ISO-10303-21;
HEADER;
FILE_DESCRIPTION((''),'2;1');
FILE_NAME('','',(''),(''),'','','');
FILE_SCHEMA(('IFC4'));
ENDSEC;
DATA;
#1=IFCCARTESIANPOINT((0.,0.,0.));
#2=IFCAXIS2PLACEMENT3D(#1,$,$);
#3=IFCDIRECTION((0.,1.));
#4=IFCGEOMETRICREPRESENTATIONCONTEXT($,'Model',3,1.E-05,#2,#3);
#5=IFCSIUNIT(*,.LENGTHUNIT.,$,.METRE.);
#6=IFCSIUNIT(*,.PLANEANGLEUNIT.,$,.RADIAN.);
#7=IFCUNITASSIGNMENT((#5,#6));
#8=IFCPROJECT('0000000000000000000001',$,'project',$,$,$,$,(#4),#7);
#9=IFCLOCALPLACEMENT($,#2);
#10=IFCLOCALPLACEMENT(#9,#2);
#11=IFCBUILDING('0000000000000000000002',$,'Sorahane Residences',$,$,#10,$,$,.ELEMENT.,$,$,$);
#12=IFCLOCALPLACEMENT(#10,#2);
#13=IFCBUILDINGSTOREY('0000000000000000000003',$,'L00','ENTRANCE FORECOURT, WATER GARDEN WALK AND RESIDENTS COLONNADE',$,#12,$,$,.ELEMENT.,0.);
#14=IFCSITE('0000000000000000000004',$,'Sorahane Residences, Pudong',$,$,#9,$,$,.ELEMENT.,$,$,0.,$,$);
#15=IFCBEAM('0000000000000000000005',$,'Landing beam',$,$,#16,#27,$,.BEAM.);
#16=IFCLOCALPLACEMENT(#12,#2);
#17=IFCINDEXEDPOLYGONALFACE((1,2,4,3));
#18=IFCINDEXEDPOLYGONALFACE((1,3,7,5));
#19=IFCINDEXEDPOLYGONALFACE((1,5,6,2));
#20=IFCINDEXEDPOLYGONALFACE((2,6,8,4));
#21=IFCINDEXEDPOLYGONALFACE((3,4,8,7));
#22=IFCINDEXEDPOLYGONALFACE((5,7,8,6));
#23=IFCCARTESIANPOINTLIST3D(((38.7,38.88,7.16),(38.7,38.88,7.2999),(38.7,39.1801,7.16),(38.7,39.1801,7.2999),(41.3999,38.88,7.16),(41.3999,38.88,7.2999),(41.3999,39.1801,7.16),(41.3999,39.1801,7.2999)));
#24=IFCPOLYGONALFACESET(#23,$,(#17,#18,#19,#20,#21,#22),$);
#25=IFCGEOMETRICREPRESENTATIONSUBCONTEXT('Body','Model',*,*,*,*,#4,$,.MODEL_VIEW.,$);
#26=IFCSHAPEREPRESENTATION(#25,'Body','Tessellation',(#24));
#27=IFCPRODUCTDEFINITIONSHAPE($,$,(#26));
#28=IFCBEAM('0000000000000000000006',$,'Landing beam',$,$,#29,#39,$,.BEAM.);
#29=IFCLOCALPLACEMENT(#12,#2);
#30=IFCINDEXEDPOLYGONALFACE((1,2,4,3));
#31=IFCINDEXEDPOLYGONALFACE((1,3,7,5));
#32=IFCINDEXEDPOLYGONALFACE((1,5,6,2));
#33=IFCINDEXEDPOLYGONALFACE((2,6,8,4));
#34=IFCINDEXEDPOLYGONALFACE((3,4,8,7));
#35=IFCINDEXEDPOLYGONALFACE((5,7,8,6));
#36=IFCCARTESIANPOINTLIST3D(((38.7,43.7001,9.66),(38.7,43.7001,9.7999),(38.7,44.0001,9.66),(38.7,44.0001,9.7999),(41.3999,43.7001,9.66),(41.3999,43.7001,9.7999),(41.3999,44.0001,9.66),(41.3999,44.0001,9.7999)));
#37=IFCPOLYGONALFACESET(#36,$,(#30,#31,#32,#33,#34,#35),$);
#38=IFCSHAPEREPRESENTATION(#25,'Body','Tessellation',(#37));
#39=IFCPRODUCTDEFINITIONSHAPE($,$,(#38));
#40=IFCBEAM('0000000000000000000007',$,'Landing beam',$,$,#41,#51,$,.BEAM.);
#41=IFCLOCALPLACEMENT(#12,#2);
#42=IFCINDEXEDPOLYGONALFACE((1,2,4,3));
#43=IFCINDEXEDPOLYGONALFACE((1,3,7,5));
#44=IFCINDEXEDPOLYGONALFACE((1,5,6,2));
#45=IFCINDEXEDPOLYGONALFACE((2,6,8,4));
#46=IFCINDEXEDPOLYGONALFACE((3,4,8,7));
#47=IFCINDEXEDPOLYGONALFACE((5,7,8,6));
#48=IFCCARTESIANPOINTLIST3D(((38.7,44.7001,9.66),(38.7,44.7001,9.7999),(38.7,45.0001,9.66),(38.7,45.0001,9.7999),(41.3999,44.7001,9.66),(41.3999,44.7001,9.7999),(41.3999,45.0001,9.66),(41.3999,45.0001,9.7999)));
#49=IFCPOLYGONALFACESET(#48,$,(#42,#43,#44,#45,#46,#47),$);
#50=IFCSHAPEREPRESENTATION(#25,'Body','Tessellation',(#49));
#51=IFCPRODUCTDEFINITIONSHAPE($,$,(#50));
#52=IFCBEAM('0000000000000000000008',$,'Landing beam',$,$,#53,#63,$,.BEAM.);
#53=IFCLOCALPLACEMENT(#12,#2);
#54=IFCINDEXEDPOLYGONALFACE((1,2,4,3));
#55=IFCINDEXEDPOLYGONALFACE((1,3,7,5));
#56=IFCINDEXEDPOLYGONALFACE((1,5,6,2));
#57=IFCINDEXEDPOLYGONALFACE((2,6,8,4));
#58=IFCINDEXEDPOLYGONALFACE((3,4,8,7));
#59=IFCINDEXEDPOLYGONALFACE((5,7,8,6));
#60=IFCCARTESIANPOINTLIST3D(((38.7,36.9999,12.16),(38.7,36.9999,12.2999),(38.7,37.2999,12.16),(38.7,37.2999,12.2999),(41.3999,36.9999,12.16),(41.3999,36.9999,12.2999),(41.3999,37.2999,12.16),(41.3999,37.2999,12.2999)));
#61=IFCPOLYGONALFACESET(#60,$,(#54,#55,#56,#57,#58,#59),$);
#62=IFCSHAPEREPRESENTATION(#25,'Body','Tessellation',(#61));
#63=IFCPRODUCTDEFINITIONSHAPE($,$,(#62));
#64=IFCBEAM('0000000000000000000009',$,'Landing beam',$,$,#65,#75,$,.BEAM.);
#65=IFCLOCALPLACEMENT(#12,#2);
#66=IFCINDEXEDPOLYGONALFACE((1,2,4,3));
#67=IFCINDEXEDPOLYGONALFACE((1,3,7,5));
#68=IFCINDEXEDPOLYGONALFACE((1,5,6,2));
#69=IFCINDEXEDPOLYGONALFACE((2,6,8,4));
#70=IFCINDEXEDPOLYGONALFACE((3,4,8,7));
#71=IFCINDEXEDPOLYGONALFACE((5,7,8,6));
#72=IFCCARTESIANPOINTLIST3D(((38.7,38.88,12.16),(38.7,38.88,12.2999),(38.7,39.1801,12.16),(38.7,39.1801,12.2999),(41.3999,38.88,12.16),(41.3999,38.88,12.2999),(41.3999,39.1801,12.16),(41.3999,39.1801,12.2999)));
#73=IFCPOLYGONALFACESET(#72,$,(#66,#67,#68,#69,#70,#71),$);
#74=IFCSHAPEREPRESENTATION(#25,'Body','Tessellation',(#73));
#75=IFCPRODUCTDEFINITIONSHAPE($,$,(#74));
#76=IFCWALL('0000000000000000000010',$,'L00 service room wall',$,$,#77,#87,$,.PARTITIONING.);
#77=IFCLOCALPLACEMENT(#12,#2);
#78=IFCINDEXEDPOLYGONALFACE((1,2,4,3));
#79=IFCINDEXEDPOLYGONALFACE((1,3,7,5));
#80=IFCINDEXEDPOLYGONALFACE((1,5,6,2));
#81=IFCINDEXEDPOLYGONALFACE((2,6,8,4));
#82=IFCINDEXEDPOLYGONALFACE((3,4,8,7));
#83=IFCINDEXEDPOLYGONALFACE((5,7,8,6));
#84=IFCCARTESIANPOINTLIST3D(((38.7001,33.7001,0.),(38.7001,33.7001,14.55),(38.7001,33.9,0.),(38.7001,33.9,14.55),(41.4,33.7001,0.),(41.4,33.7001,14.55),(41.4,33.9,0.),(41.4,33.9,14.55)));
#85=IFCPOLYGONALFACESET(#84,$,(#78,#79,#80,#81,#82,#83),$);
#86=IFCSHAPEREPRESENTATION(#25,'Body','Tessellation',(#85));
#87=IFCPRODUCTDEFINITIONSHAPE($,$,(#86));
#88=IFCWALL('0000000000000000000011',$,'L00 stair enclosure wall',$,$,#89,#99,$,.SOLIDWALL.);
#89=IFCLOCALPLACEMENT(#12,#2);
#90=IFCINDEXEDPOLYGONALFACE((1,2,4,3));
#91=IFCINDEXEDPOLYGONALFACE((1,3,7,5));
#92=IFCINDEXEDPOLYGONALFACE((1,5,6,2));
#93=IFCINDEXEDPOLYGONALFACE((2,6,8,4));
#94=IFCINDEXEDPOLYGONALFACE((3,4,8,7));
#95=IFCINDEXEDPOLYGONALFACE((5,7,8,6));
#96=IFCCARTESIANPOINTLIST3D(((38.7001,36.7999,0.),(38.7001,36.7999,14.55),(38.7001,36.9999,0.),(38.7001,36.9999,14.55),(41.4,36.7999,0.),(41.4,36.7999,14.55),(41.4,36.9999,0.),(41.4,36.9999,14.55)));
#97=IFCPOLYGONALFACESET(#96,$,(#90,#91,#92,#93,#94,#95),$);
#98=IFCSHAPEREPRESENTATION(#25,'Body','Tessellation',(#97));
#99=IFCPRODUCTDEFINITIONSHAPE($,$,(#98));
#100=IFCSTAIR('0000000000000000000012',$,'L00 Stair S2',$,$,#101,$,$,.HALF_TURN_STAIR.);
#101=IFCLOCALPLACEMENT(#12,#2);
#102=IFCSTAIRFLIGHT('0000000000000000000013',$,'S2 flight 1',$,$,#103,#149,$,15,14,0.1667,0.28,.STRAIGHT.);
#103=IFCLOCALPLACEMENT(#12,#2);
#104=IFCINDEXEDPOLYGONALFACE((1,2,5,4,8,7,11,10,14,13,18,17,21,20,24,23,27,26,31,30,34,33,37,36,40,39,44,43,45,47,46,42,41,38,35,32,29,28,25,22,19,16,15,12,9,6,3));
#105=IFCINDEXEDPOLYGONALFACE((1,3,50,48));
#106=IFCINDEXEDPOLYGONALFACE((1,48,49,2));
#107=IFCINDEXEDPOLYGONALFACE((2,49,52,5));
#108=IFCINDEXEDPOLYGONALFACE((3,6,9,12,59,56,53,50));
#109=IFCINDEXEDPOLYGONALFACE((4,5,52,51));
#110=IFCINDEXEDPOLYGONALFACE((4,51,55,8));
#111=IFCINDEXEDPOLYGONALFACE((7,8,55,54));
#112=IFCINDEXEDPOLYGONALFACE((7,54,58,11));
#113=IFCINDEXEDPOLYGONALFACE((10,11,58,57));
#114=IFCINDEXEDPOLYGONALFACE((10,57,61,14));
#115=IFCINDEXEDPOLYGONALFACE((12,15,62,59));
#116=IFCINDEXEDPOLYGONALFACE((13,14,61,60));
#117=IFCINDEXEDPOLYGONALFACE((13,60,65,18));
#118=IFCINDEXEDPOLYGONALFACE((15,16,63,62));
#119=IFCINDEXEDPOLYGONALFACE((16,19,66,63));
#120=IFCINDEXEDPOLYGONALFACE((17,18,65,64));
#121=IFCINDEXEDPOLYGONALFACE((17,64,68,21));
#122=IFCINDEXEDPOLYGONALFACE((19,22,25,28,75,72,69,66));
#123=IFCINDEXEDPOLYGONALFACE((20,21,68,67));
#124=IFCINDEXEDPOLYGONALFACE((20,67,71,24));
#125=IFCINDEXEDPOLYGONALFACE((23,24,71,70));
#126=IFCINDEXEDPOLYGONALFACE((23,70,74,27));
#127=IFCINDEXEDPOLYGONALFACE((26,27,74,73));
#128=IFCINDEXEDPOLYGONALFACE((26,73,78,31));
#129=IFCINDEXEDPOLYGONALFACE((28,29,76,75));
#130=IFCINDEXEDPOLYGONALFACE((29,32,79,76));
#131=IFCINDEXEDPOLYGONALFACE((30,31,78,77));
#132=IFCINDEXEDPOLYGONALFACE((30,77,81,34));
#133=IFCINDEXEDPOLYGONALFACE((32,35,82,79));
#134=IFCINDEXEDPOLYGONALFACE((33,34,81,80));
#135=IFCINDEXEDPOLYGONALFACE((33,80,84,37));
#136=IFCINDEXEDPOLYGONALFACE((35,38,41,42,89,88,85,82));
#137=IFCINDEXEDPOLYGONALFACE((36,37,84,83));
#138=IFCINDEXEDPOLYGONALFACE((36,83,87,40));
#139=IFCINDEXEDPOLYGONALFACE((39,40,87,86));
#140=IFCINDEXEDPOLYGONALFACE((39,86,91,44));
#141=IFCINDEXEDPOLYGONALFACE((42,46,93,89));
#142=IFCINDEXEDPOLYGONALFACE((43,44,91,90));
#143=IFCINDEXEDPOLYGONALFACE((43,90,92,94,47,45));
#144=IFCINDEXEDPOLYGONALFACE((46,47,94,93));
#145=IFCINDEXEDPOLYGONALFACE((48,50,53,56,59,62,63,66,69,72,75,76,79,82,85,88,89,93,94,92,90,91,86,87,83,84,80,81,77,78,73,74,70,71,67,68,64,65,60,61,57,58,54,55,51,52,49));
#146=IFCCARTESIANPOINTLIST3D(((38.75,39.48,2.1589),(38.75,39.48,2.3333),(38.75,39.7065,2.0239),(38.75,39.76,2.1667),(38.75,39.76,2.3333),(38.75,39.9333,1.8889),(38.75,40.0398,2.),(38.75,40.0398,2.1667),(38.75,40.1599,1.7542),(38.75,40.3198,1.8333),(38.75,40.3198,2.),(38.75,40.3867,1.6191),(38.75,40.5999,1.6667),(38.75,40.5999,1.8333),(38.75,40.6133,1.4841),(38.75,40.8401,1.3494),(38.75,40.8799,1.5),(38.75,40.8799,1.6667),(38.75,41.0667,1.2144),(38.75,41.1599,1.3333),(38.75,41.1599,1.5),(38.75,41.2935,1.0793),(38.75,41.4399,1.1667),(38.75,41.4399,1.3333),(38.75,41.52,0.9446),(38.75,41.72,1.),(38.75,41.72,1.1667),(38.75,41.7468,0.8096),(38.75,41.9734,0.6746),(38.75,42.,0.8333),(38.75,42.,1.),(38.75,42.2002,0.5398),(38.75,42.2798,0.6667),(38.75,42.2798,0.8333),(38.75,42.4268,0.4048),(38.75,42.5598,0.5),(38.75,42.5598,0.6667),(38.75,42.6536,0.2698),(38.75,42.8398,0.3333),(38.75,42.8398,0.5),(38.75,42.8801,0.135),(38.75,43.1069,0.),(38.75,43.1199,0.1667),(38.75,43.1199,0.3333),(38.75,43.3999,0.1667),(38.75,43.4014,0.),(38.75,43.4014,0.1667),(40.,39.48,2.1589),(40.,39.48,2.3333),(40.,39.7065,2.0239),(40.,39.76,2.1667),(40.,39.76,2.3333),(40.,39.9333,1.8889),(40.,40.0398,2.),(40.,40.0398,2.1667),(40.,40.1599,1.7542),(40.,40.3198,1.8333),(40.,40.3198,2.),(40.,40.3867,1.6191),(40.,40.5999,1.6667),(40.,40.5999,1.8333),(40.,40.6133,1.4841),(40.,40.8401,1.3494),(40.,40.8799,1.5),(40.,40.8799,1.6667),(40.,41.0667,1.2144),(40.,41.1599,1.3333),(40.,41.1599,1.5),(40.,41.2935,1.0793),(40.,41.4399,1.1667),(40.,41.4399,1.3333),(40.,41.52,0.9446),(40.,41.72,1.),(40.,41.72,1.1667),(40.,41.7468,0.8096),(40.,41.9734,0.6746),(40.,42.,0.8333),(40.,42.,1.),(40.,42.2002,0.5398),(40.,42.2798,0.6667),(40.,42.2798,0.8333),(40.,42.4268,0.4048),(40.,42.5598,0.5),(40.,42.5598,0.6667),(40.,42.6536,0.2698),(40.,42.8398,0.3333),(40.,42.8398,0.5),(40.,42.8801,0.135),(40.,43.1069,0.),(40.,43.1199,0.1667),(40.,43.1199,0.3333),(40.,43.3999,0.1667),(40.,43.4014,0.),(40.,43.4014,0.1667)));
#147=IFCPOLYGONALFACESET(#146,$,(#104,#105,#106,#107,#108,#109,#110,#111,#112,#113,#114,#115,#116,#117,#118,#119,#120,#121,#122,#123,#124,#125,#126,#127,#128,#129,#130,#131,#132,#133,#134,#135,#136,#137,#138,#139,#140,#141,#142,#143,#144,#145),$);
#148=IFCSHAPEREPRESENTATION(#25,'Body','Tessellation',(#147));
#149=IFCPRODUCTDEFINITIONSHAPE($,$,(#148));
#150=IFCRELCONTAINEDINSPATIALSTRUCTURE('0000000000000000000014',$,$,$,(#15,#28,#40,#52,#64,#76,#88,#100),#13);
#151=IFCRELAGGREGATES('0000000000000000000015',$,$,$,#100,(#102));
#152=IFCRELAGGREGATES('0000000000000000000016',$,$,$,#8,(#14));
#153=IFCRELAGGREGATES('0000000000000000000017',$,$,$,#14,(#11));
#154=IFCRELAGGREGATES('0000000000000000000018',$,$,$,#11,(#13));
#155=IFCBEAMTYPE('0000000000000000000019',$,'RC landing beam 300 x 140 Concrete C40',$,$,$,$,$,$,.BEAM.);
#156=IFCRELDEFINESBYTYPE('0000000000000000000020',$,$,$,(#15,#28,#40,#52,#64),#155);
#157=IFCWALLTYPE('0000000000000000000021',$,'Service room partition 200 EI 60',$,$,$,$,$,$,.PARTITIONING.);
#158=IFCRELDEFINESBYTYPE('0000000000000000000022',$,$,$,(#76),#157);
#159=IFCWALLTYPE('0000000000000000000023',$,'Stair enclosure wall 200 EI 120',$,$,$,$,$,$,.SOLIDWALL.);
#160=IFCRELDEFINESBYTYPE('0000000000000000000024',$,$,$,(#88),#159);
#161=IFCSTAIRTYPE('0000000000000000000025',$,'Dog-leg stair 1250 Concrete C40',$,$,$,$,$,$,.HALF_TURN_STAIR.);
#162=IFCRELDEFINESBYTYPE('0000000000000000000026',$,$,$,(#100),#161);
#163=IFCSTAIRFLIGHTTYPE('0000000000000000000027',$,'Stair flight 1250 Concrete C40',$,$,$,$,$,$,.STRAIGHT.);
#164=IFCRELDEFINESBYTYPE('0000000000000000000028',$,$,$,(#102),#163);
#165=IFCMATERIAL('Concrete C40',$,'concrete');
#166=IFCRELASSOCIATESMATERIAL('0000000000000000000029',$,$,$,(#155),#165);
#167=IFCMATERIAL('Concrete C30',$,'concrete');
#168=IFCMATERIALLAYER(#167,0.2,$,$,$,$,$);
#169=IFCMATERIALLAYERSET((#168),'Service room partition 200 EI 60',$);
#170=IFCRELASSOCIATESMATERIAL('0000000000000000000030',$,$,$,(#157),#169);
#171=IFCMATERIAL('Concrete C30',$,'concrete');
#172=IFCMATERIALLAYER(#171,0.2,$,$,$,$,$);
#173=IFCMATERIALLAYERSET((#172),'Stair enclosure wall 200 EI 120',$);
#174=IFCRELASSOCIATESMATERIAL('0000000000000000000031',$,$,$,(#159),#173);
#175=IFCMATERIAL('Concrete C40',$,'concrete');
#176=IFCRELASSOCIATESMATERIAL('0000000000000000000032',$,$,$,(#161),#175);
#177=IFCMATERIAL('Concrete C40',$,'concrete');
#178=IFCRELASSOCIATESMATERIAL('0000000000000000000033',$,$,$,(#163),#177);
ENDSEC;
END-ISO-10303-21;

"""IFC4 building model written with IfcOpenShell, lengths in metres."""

from ifc_helpers import new_model, si_unit, direction, frame, frame_2d, origin, origin_2d, place, context, subcontext, project, spatial, polyline, rectangle, outline, extrude, material, layer, layer_set, material_profile, profile_set, type_object, element, aggregate, save


model = new_model("IFC4")

# Units and contexts
model_context = context("Model", 3, precision=1e-05, world=origin(), true_north=direction((0.0, 1.0)))
body_context = subcontext(model_context, "Body", "Model", "MODEL_VIEW")
ifc_project = project(units=[si_unit("LENGTHUNIT", "METRE"), si_unit("PLANEANGLEUNIT", "RADIAN")], contexts=[model_context])

# Site, building, storey
site_placement = place(None, origin())
site = spatial("IfcSite", under=ifc_project, at=site_placement, Name="Sorahane Residences, Pudong", CompositionType="ELEMENT", RefElevation=0.0)
building_placement = place(site_placement, origin())
building = spatial("IfcBuilding", under=site, at=building_placement, Name="Sorahane Residences", CompositionType="ELEMENT")
storey_placement = place(building_placement, origin())
storey = spatial("IfcBuildingStorey", under=building, at=storey_placement, Name="L00", Description="ENTRANCE FORECOURT, WATER GARDEN WALK AND RESIDENTS COLONNADE", CompositionType="ELEMENT", Elevation=0.0)

# Beams
ifc_material_1 = material(Name="Concrete C40", Category="concrete")
ifc_material_profile_1 = material_profile(ifc_material_1, rectangle(XDim=0.3, YDim=0.1399, at=origin_2d()), Name="300x140")
ifc_profile_set_1 = profile_set([ifc_material_profile_1], Name="Concrete C40")
beam_type_1 = type_object("IfcBeamType", Name="RC landing beam 300 x 140 Concrete C40", PredefinedType="BEAM", material=ifc_profile_set_1)
for number, where, z_axis, x_axis, name in (
    (1, (38.7, 39.03, 7.23), (1.0, 0.0, 0.0), (0.0, 1.0, 0.0), "Landing beam"),
    (2, (38.7, 43.8501, 9.73), (1.0, 0.0, 0.0), (0.0, 1.0, 0.0), "Landing beam"),
    (3, (38.7, 44.8501, 9.73), (1.0, 0.0, 0.0), (0.0, 1.0, 0.0), "Landing beam"),
    (4, (38.7, 37.1499, 12.23), (1.0, 0.0, 0.0), (0.0, 1.0, 0.0), "Landing beam"),
    (5, (38.7, 39.03, 12.23), (1.0, 0.0, 0.0), (0.0, 1.0, 0.0), "Landing beam"),
):
    element("IfcBeam", number, at=place(storey_placement, frame(where, z_axis=z_axis, x_axis=x_axis)), inside=storey, type_object=beam_type_1, Name=name, PredefinedType="BEAM", context=body_context, shape_type="SweptSolid", body=[
        extrude(rectangle(XDim=0.3, YDim=0.1399, at=origin_2d()), origin(), (0.0, 0.0, 1.0), 2.7),
    ])

# Walls
ifc_material_2 = material(Name="Concrete C30", Category="concrete")
ifc_layer_1 = layer(ifc_material_2, 0.2)
ifc_layer_set_1 = layer_set([ifc_layer_1], Name="Service room partition 200 EI 60")
wall_type_1 = type_object("IfcWallType", Name="Service room partition 200 EI 60", PredefinedType="PARTITIONING", material=ifc_layer_set_1)
wall_1_placement = place(storey_placement, frame((38.7, 33.8, 0.0), z_axis=(0.0, 0.0, 1.0), x_axis=(1.0, 0.0, 0.0)))
element("IfcWall", 6, at=wall_1_placement, inside=storey, type_object=wall_type_1, Name="L00 service room wall", PredefinedType="PARTITIONING", context=body_context, shape_type="SweptSolid", body=[
    extrude(rectangle(XDim=2.7, YDim=0.2, at=frame_2d((1.3501, 0.0))), origin(), (0.0, 0.0, 1.0), 14.55),
])
ifc_material_3 = material(Name="Concrete C30", Category="concrete")
ifc_layer_2 = layer(ifc_material_3, 0.2)
ifc_layer_set_2 = layer_set([ifc_layer_2], Name="Stair enclosure wall 200 EI 120")
wall_type_2 = type_object("IfcWallType", Name="Stair enclosure wall 200 EI 120", PredefinedType="SOLIDWALL", material=ifc_layer_set_2)
wall_2_placement = place(storey_placement, frame((38.7, 36.8999, 0.0), z_axis=(0.0, 0.0, 1.0), x_axis=(1.0, 0.0, 0.0)))
element("IfcWall", 7, at=wall_2_placement, inside=storey, type_object=wall_type_2, Name="L00 stair enclosure wall", PredefinedType="SOLIDWALL", context=body_context, shape_type="SweptSolid", body=[
    extrude(rectangle(XDim=2.7, YDim=0.2, at=frame_2d((1.3501, 0.0))), origin(), (0.0, 0.0, 1.0), 14.55),
])

# Stair, stair flight
ifc_material_4 = material(Name="Concrete C40", Category="concrete")
stair_type = type_object("IfcStairType", Name="Dog-leg stair 1250 Concrete C40", PredefinedType="HALF_TURN_STAIR", material=ifc_material_4)
stair_placement = place(storey_placement, origin())
stair = element("IfcStair", 8, at=stair_placement, inside=storey, type_object=stair_type, Name="L00 Stair S2", PredefinedType="HALF_TURN_STAIR")
ifc_material_5 = material(Name="Concrete C40", Category="concrete")
stair_flight_type = type_object("IfcStairFlightType", Name="Stair flight 1250 Concrete C40", PredefinedType="STRAIGHT", material=ifc_material_5)
stair_flight_1_placement = place(storey_placement, frame((39.375, 43.3999, 0.0), z_axis=(0.0, 0.0, 1.0), x_axis=(0.0, -1.0, 0.0)))
stair_flight_1 = element("IfcStairFlight", 9, at=stair_flight_1_placement, type_object=stair_flight_type, Name="S2 flight 1", NumberOfRisers=15, NumberOfTreads=14, PredefinedType="STRAIGHT", RiserHeight=0.1667, TreadLength=0.28, context=body_context, shape_type="SweptSolid", body=[
    extrude(outline(polyline([(-0.0015, 0.0), (-0.0015, 0.1667), (0.0, 0.1667), (0.28, 0.1667), (0.28, 0.3333), (0.5601, 0.3333), (0.5601, 0.5), (0.8401, 0.5), (0.8401, 0.6667), (1.1201, 0.6667), (1.1201, 0.8333), (1.3999, 0.8333), (1.3999, 1.0), (1.6799, 1.0), (1.6799, 1.1667), (1.96, 1.1667), (1.96, 1.3333), (2.24, 1.3333), (2.24, 1.5), (2.52, 1.5), (2.52, 1.6667), (2.8, 1.6667), (2.8, 1.8333), (3.0801, 1.8333), (3.0801, 2.0), (3.3601, 2.0), (3.3601, 2.1667), (3.6399, 2.1667), (3.6399, 2.3333), (3.9199, 2.3333), (3.9199, 2.5), (3.9199, 2.1589), (3.6934, 2.0239), (3.4666, 1.8889), (3.24, 1.7542), (3.0132, 1.6191), (2.7866, 1.4841), (2.5598, 1.3494), (2.3333, 1.2144), (2.1064, 1.0793), (1.8799, 0.9446), (1.6531, 0.8096), (1.4265, 0.6746), (1.1997, 0.5398), (0.9731, 0.4048), (0.7463, 0.2698), (0.5198, 0.135), (0.293, 0.0), (-0.0015, 0.0)])), frame((0.0, 0.625, 0.0), z_axis=(0.0, -1.0, 0.0), x_axis=(1.0, 0.0, 0.0)), (0.0, 0.0, 1.0), 1.25),
])
aggregate(stair, [stair_flight_1])

save(model, "model.ifc")
